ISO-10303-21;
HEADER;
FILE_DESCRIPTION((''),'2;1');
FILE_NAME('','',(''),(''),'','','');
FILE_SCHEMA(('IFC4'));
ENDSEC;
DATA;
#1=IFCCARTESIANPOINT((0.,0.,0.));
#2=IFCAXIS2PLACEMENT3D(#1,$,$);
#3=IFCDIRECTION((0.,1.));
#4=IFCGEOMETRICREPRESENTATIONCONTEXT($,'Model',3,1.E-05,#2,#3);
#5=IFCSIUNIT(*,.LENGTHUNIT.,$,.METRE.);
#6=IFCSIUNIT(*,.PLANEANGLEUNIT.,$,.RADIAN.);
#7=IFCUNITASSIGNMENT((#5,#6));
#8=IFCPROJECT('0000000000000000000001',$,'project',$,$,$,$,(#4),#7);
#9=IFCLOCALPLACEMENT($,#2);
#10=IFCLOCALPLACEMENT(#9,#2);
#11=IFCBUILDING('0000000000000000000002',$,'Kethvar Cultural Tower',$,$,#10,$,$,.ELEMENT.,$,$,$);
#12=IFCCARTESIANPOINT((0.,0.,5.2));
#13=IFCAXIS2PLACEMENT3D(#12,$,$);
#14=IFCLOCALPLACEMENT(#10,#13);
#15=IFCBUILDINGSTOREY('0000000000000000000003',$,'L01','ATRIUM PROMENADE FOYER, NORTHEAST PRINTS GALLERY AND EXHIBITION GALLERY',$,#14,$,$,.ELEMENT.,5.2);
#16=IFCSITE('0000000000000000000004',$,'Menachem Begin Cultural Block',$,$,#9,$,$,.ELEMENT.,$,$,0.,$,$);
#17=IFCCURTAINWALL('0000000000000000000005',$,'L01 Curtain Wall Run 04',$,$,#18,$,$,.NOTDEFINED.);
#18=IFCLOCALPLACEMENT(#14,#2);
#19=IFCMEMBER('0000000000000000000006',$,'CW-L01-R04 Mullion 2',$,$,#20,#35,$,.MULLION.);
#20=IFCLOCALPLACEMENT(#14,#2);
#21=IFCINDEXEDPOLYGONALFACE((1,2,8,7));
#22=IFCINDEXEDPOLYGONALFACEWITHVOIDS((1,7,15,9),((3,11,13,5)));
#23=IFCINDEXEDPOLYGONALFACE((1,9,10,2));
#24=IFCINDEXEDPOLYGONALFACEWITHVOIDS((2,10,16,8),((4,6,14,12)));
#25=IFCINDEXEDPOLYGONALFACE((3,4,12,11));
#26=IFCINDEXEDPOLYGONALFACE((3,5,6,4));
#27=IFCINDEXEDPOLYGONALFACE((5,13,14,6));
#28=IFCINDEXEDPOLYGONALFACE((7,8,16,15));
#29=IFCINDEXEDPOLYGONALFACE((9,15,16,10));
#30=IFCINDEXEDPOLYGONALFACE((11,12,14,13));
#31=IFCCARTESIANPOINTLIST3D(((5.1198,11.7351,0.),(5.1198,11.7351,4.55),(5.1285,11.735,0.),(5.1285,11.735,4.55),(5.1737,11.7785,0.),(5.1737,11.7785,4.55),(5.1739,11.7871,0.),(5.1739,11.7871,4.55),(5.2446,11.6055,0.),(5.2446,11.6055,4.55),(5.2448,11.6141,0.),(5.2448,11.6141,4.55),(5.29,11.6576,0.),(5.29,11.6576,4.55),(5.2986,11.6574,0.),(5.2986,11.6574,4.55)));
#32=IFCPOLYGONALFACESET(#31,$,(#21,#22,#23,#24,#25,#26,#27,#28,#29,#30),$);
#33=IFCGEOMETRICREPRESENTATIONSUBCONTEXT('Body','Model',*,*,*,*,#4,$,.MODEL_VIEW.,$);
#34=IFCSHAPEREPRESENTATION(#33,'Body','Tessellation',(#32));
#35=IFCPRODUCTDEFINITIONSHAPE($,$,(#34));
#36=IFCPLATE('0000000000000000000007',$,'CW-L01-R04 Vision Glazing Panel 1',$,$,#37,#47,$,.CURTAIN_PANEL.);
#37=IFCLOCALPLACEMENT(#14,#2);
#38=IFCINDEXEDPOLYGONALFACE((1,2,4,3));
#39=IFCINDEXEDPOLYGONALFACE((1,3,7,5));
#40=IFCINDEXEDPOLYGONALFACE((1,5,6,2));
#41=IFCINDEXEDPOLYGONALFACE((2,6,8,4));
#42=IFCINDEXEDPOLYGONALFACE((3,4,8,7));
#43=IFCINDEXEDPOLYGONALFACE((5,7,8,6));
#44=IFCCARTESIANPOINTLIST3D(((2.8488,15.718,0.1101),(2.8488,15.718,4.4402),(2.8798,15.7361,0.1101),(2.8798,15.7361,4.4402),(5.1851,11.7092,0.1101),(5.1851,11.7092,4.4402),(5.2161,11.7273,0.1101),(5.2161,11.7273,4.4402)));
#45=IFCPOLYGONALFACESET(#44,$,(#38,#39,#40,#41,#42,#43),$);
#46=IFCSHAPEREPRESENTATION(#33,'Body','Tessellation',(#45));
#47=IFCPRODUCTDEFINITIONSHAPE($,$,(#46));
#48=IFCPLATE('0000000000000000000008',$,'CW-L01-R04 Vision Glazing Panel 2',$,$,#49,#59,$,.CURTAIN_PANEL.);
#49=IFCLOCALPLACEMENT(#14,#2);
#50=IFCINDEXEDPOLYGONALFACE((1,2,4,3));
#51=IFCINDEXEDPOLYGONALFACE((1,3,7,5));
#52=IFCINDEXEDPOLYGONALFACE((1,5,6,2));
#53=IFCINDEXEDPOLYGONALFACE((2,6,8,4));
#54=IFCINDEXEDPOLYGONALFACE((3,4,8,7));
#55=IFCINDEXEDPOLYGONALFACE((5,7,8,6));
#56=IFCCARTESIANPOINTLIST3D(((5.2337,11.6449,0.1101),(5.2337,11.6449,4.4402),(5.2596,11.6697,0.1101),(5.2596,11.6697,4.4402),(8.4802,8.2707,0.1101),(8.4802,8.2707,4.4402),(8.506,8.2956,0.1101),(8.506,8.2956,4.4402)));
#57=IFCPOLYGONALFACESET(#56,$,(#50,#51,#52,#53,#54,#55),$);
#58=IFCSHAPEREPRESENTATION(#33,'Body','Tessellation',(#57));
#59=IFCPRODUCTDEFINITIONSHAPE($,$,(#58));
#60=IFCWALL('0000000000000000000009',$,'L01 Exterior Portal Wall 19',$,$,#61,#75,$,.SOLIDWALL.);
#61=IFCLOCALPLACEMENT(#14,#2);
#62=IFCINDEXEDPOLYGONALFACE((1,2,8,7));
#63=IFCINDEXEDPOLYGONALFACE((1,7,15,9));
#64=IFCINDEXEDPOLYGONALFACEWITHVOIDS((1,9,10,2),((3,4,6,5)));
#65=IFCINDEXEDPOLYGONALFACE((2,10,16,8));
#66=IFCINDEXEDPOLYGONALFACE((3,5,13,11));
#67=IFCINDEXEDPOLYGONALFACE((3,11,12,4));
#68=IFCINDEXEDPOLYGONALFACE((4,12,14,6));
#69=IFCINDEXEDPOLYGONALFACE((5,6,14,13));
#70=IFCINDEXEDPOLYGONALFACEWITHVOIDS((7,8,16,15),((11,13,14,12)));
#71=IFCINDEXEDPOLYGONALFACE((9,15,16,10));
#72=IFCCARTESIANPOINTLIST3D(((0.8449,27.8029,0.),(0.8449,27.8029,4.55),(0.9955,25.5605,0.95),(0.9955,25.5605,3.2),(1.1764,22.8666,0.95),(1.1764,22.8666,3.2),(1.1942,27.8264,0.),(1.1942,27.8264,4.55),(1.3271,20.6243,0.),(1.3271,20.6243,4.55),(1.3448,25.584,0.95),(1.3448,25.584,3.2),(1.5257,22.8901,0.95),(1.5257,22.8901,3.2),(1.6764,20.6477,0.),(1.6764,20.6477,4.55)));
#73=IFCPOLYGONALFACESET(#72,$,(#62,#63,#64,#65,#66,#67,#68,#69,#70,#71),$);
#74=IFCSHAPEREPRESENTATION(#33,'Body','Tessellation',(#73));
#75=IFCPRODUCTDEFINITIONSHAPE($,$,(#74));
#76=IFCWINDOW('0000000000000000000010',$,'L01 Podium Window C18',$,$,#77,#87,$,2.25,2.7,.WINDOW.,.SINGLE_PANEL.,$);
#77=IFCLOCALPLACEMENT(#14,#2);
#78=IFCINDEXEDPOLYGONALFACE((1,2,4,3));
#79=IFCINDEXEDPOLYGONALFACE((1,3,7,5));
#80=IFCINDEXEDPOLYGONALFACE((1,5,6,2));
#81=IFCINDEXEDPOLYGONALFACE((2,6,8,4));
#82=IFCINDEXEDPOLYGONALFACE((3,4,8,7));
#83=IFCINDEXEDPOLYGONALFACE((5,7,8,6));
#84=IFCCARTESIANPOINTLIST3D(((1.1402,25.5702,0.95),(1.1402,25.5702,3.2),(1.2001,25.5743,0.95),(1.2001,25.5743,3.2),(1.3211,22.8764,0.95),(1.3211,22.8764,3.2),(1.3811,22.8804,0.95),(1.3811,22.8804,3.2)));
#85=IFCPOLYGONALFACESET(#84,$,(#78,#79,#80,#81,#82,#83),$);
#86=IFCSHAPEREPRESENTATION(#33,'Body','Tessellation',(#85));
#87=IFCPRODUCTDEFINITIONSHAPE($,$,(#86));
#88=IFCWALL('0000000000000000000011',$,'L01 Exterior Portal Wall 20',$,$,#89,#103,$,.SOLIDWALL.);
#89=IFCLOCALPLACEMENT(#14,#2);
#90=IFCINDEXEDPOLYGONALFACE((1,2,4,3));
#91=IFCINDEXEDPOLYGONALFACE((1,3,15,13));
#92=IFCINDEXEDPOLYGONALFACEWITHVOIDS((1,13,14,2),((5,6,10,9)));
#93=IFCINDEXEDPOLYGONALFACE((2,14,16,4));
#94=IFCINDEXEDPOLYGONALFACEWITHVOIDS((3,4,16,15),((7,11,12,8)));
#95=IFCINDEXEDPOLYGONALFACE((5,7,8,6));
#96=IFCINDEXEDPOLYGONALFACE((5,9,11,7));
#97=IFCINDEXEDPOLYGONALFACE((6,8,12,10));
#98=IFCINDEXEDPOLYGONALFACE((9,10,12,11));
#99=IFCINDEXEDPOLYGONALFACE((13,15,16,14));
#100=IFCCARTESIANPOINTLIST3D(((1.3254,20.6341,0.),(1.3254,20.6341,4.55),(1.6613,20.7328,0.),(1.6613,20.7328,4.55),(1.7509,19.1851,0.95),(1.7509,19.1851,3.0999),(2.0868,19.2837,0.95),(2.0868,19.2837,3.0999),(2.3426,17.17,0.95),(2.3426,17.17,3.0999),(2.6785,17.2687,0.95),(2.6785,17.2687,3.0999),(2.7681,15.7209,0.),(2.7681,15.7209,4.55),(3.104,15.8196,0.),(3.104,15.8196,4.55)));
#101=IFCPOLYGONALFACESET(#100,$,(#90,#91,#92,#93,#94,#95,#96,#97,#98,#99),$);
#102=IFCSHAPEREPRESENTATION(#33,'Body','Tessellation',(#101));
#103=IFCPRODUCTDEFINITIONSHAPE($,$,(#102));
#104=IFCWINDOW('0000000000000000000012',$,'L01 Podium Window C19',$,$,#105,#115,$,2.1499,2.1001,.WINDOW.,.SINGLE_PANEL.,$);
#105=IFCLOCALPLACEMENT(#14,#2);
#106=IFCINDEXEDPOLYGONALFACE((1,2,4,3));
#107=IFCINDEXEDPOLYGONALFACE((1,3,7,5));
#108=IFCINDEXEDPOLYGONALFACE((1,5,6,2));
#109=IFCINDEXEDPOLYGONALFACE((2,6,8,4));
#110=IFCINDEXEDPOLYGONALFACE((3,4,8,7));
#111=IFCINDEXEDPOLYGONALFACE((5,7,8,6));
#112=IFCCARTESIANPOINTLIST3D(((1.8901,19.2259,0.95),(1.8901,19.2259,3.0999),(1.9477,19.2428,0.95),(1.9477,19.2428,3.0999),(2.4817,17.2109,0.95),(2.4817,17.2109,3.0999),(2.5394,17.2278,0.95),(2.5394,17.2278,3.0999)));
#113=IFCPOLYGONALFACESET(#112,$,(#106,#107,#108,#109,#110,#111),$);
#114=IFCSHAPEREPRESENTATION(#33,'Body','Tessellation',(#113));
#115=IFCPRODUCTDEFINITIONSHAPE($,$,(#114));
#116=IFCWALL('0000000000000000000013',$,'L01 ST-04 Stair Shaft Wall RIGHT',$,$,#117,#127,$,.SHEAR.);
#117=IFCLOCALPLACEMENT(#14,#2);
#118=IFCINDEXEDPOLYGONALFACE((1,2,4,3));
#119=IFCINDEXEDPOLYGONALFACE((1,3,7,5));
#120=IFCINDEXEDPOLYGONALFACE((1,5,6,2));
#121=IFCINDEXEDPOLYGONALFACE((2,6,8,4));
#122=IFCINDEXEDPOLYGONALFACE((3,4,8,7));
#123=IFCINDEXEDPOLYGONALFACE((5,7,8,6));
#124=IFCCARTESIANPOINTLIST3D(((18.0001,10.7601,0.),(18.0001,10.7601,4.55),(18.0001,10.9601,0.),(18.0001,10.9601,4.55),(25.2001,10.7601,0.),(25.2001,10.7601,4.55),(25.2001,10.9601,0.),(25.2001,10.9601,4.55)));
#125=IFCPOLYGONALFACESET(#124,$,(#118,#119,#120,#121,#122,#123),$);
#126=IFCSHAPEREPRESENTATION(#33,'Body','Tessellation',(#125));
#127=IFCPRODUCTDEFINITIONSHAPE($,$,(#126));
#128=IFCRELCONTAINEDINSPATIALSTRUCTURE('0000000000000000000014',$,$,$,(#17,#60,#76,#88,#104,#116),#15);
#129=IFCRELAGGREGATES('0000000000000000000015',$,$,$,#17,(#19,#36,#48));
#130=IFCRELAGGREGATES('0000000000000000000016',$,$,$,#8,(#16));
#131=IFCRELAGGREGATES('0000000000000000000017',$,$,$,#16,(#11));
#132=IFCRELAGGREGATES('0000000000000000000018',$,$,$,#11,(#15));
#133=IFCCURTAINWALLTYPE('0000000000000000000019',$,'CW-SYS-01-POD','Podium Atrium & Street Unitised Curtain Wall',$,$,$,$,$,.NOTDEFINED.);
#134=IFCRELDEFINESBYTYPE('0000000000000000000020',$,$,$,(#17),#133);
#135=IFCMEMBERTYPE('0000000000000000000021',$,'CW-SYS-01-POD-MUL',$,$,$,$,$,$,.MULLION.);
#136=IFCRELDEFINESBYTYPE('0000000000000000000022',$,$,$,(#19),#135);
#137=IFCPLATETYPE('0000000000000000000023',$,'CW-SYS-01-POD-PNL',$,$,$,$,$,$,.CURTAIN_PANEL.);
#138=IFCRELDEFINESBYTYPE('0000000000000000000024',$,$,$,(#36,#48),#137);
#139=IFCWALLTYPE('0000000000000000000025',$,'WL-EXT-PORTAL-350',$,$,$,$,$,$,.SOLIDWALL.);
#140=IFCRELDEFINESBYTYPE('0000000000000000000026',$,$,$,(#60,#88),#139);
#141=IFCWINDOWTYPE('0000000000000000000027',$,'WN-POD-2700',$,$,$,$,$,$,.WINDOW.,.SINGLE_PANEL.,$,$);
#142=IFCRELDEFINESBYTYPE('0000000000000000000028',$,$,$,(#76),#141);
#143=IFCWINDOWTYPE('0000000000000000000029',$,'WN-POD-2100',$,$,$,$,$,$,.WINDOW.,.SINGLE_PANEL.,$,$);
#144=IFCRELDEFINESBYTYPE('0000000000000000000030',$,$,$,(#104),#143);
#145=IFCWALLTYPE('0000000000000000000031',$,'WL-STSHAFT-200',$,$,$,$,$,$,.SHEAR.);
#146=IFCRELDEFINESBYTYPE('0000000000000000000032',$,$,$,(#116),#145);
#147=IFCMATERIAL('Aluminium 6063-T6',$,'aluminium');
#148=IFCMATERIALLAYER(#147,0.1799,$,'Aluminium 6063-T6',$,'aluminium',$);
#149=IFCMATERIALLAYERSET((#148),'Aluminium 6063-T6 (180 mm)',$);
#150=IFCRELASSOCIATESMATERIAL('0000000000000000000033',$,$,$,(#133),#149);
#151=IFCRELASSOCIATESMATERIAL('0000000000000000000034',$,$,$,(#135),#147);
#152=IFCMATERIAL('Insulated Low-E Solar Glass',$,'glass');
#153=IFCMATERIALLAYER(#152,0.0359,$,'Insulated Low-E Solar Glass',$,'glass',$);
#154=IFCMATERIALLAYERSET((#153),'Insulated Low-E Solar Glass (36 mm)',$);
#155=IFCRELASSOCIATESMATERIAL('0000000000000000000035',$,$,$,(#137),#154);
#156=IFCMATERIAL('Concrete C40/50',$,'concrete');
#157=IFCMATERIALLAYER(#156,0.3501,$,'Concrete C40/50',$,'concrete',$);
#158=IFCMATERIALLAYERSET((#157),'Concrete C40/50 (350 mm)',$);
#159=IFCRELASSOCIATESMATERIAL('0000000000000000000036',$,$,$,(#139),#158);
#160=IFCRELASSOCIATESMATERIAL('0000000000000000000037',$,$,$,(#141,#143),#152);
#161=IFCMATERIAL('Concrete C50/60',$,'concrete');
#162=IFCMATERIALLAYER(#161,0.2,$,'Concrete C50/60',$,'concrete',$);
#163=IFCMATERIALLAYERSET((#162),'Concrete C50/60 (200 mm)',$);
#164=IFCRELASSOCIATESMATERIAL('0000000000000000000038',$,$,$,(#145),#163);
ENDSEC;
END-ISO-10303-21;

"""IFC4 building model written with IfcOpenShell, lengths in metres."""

from ifc_helpers import new_model, si_unit, direction, frame, frame_2d, origin, origin_2d, place, context, subcontext, project, spatial, rectangle, hollow_rectangle, extrude, source, transform, mapped, material, layer, layer_set, material_profile, profile_set, type_object, element, fill, aggregate, save


model = new_model("IFC4")

# Units and contexts
model_context = context("Model", 3, precision=1e-05, world=origin(), true_north=direction((0.0, 1.0)))
body_context = subcontext(model_context, "Body", "Model", "MODEL_VIEW")
ifc_project = project(units=[si_unit("LENGTHUNIT", "METRE"), si_unit("PLANEANGLEUNIT", "RADIAN")], contexts=[model_context])

# Site, building, storey
site_placement = place(None, origin())
site = spatial("IfcSite", under=ifc_project, at=site_placement, Name="Menachem Begin Cultural Block", CompositionType="ELEMENT", RefElevation=0.0)
building_placement = place(site_placement, origin())
building = spatial("IfcBuilding", under=site, at=building_placement, Name="Kethvar Cultural Tower", CompositionType="ELEMENT")
storey_placement = place(building_placement, frame((0.0, 0.0, 5.2)))
storey = spatial("IfcBuildingStorey", under=building, at=storey_placement, Name="L01", Description="ATRIUM PROMENADE FOYER, NORTHEAST PRINTS GALLERY AND EXHIBITION GALLERY", CompositionType="ELEMENT", Elevation=5.2)

# Curtain wall, member, plates
ifc_material_1 = material(Name="Aluminium 6063-T6", Category="aluminium")
ifc_layer_1 = layer(ifc_material_1, 0.1799, Name="Aluminium 6063-T6", Category="aluminium")
ifc_layer_set_1 = layer_set([ifc_layer_1], Name="Aluminium 6063-T6 (180 mm)")
curtain_wall_type = type_object("IfcCurtainWallType", Name="CW-SYS-01-POD", Description="Podium Atrium & Street Unitised Curtain Wall", PredefinedType="NOTDEFINED", material=ifc_layer_set_1)
curtain_wall_placement = place(storey_placement, origin())
curtain_wall = element("IfcCurtainWall", 1, at=curtain_wall_placement, inside=storey, type_object=curtain_wall_type, Name="L01 Curtain Wall Run 04", PredefinedType="NOTDEFINED")
ifc_material_profile_1 = material_profile(ifc_material_1, hollow_rectangle(XDim=0.075, YDim=0.1799, WallThickness=0.0061, at=origin_2d()), Name="Aluminium 6063-T6 — RHS180x75x6")
ifc_profile_set_1 = profile_set([ifc_material_profile_1], Name="Aluminium 6063-T6 — RHS180x75x6")
member_type_1 = type_object("IfcMemberType", Name="CW-SYS-01-POD-MUL", PredefinedType="MULLION", material=ifc_profile_set_1)
shared_shape_1 = source(origin(), body_context, "Body", "SweptSolid", [
    extrude(hollow_rectangle(XDim=0.075, YDim=0.1799, WallThickness=0.0061, at=origin_2d()), origin(), (0.0, 0.0, 1.0), 4.55),
])
member_1_placement = place(storey_placement, frame((5.2092, 11.6963, 0.0), z_axis=(0.0, 0.0, 1.0), x_axis=(0.720612, 0.693339, 0.0)))
member_1 = element("IfcMember", 2, at=member_1_placement, type_object=member_type_1, Name="CW-L01-R04 Mullion 2", PredefinedType="MULLION", context=body_context, shape_type="MappedRepresentation", body=[
    mapped(shared_shape_1, transform((0.0, 0.0, 0.0), scale=1.0)),
])
ifc_material_2 = material(Name="Insulated Low-E Solar Glass", Category="glass")
ifc_layer_2 = layer(ifc_material_2, 0.0359, Name="Insulated Low-E Solar Glass", Category="glass")
ifc_layer_set_2 = layer_set([ifc_layer_2], Name="Insulated Low-E Solar Glass (36 mm)")
plate_type = type_object("IfcPlateType", Name="CW-SYS-01-POD-PNL", PredefinedType="CURTAIN_PANEL", material=ifc_layer_set_2)
shared_shape_2 = source(origin(), body_context, "Body", "SweptSolid", [
    extrude(rectangle(XDim=4.6399, YDim=0.0359, at=origin_2d()), origin(), (0.0, 0.0, 1.0), 4.3301),
])
plate_1_placement = place(storey_placement, frame((4.0325, 13.7227, 0.1101), z_axis=(0.0, 0.0, 1.0), x_axis=(0.503518, -0.863985, 0.0)))
plate_1 = element("IfcPlate", 3, at=plate_1_placement, type_object=plate_type, Name="CW-L01-R04 Vision Glazing Panel 1", PredefinedType="CURTAIN_PANEL", context=body_context, shape_type="MappedRepresentation", body=[
    mapped(shared_shape_2, transform((0.0, 0.0, 0.0), scale=1.0)),
])
shared_shape_3 = source(origin(), body_context, "Body", "SweptSolid", [
    extrude(rectangle(XDim=4.6824, YDim=0.0359, at=origin_2d()), origin(), (0.0, 0.0, 1.0), 4.3301),
])
plate_2_placement = place(storey_placement, frame((6.8699, 9.9702, 0.1101), z_axis=(0.0, 0.0, 1.0), x_axis=(0.693339, -0.720612, 0.0)))
plate_2 = element("IfcPlate", 4, at=plate_2_placement, type_object=plate_type, Name="CW-L01-R04 Vision Glazing Panel 2", PredefinedType="CURTAIN_PANEL", context=body_context, shape_type="MappedRepresentation", body=[
    mapped(shared_shape_3, transform((0.0, 0.0, 0.0), scale=1.0)),
])
aggregate(curtain_wall, [member_1, plate_1, plate_2])

# Walls, openings, windows
ifc_material_3 = material(Name="Concrete C40/50", Category="concrete")
ifc_layer_3 = layer(ifc_material_3, 0.3501, Name="Concrete C40/50", Category="concrete")
ifc_layer_set_3 = layer_set([ifc_layer_3], Name="Concrete C40/50 (350 mm)")
wall_type_1 = type_object("IfcWallType", Name="WL-EXT-PORTAL-350", PredefinedType="SOLIDWALL", material=ifc_layer_set_3)
wall_1_placement = place(storey_placement, frame((1.5017, 20.636, 0.0), z_axis=(0.0, 0.0, 1.0), x_axis=(-0.067017, 0.997752, 0.0)))
wall_1 = element("IfcWall", 5, at=wall_1_placement, inside=storey, type_object=wall_type_1, Name="L01 Exterior Portal Wall 19", PredefinedType="SOLIDWALL", context=body_context, shape_type="SweptSolid", body=[
    extrude(rectangle(XDim=7.1948, YDim=0.3501, at=frame_2d((3.5974, 0.0))), origin(), (0.0, 0.0, 1.0), 4.55),
])
opening_1_placement = place(wall_1_placement, frame((2.2473, 0.0, 0.95)))
opening_1 = element("IfcOpeningElement", 6, at=opening_1_placement, cuts=wall_1, PredefinedType="OPENING", context=body_context, shape_type="SweptSolid", body=[
    extrude(rectangle(XDim=2.7, YDim=2.25, at=frame_2d((1.3501, 1.125))), frame((0.0, 0.1851, 0.0), z_axis=(0.0, -1.0, 0.0), x_axis=(1.0, 0.0, 0.0)), (0.0, 0.0, 1.0), 0.3701),
])
window_type_1 = type_object("IfcWindowType", Name="WN-POD-2700", PartitioningType="SINGLE_PANEL", PredefinedType="WINDOW", material=ifc_material_2)
shared_shape_4 = source(origin(), body_context, "Body", "SweptSolid", [
    extrude(rectangle(XDim=2.7, YDim=2.25, at=frame_2d((1.3501, 1.125))), frame((0.0, 0.03, 0.0), z_axis=(0.0, -1.0, 0.0), x_axis=(1.0, 0.0, 0.0)), (0.0, 0.0, 1.0), 0.0601),
])
window_1_placement = place(opening_1_placement, origin())
window_1 = element("IfcWindow", 7, at=window_1_placement, inside=storey, type_object=window_type_1, Name="L01 Podium Window C18", OverallHeight=2.25, OverallWidth=2.7, PartitioningType="SINGLE_PANEL", PredefinedType="WINDOW", context=body_context, shape_type="MappedRepresentation", body=[
    mapped(shared_shape_4, transform((0.0, 0.0, 0.0), scale=1.0)),
])
fill(opening_1, window_1)
wall_2_placement = place(storey_placement, frame((2.936, 15.7703, 0.0), z_axis=(0.0, 0.0, 1.0), x_axis=(-0.281735, 0.959492, 0.0)))
wall_2 = element("IfcWall", 8, at=wall_2_placement, inside=storey, type_object=wall_type_1, Name="L01 Exterior Portal Wall 20", PredefinedType="SOLIDWALL", context=body_context, shape_type="SweptSolid", body=[
    extrude(rectangle(XDim=5.1206, YDim=0.3501, at=frame_2d((2.5603, 0.0))), origin(), (0.0, 0.0, 1.0), 4.55),
])
opening_2_placement = place(wall_2_placement, frame((1.5103, 0.0, 0.95)))
opening_2 = element("IfcOpeningElement", 9, at=opening_2_placement, cuts=wall_2, PredefinedType="OPENING", context=body_context, shape_type="SweptSolid", body=[
    extrude(rectangle(XDim=2.1001, YDim=2.1499, at=frame_2d((1.05, 1.075))), frame((0.0, 0.1851, 0.0), z_axis=(0.0, -1.0, 0.0), x_axis=(1.0, 0.0, 0.0)), (0.0, 0.0, 1.0), 0.3701),
])
window_type_2 = type_object("IfcWindowType", Name="WN-POD-2100", PartitioningType="SINGLE_PANEL", PredefinedType="WINDOW", material=ifc_material_2)
shared_shape_5 = source(origin(), body_context, "Body", "SweptSolid", [
    extrude(rectangle(XDim=2.1001, YDim=2.1499, at=frame_2d((1.05, 1.075))), frame((0.0, 0.03, 0.0), z_axis=(0.0, -1.0, 0.0), x_axis=(1.0, 0.0, 0.0)), (0.0, 0.0, 1.0), 0.0601),
])
window_2_placement = place(opening_2_placement, origin())
window_2 = element("IfcWindow", 10, at=window_2_placement, inside=storey, type_object=window_type_2, Name="L01 Podium Window C19", OverallHeight=2.1499, OverallWidth=2.1001, PartitioningType="SINGLE_PANEL", PredefinedType="WINDOW", context=body_context, shape_type="MappedRepresentation", body=[
    mapped(shared_shape_5, transform((0.0, 0.0, 0.0), scale=1.0)),
])
fill(opening_2, window_2)

# Wall
ifc_material_4 = material(Name="Concrete C50/60", Category="concrete")
ifc_layer_4 = layer(ifc_material_4, 0.2, Name="Concrete C50/60", Category="concrete")
ifc_layer_set_4 = layer_set([ifc_layer_4], Name="Concrete C50/60 (200 mm)")
wall_type_2 = type_object("IfcWallType", Name="WL-STSHAFT-200", PredefinedType="SHEAR", material=ifc_layer_set_4)
wall_3_placement = place(storey_placement, frame((18.0, 10.8601, 0.0), z_axis=(0.0, 0.0, 1.0), x_axis=(1.0, 0.0, 0.0)))
element("IfcWall", 11, at=wall_3_placement, inside=storey, type_object=wall_type_2, Name="L01 ST-04 Stair Shaft Wall RIGHT", PredefinedType="SHEAR", context=body_context, shape_type="SweptSolid", body=[
    extrude(rectangle(XDim=7.2, YDim=0.2, at=frame_2d((3.6001, 0.0))), origin(), (0.0, 0.0, 1.0), 4.55),
])

save(model, "model.ifc")
